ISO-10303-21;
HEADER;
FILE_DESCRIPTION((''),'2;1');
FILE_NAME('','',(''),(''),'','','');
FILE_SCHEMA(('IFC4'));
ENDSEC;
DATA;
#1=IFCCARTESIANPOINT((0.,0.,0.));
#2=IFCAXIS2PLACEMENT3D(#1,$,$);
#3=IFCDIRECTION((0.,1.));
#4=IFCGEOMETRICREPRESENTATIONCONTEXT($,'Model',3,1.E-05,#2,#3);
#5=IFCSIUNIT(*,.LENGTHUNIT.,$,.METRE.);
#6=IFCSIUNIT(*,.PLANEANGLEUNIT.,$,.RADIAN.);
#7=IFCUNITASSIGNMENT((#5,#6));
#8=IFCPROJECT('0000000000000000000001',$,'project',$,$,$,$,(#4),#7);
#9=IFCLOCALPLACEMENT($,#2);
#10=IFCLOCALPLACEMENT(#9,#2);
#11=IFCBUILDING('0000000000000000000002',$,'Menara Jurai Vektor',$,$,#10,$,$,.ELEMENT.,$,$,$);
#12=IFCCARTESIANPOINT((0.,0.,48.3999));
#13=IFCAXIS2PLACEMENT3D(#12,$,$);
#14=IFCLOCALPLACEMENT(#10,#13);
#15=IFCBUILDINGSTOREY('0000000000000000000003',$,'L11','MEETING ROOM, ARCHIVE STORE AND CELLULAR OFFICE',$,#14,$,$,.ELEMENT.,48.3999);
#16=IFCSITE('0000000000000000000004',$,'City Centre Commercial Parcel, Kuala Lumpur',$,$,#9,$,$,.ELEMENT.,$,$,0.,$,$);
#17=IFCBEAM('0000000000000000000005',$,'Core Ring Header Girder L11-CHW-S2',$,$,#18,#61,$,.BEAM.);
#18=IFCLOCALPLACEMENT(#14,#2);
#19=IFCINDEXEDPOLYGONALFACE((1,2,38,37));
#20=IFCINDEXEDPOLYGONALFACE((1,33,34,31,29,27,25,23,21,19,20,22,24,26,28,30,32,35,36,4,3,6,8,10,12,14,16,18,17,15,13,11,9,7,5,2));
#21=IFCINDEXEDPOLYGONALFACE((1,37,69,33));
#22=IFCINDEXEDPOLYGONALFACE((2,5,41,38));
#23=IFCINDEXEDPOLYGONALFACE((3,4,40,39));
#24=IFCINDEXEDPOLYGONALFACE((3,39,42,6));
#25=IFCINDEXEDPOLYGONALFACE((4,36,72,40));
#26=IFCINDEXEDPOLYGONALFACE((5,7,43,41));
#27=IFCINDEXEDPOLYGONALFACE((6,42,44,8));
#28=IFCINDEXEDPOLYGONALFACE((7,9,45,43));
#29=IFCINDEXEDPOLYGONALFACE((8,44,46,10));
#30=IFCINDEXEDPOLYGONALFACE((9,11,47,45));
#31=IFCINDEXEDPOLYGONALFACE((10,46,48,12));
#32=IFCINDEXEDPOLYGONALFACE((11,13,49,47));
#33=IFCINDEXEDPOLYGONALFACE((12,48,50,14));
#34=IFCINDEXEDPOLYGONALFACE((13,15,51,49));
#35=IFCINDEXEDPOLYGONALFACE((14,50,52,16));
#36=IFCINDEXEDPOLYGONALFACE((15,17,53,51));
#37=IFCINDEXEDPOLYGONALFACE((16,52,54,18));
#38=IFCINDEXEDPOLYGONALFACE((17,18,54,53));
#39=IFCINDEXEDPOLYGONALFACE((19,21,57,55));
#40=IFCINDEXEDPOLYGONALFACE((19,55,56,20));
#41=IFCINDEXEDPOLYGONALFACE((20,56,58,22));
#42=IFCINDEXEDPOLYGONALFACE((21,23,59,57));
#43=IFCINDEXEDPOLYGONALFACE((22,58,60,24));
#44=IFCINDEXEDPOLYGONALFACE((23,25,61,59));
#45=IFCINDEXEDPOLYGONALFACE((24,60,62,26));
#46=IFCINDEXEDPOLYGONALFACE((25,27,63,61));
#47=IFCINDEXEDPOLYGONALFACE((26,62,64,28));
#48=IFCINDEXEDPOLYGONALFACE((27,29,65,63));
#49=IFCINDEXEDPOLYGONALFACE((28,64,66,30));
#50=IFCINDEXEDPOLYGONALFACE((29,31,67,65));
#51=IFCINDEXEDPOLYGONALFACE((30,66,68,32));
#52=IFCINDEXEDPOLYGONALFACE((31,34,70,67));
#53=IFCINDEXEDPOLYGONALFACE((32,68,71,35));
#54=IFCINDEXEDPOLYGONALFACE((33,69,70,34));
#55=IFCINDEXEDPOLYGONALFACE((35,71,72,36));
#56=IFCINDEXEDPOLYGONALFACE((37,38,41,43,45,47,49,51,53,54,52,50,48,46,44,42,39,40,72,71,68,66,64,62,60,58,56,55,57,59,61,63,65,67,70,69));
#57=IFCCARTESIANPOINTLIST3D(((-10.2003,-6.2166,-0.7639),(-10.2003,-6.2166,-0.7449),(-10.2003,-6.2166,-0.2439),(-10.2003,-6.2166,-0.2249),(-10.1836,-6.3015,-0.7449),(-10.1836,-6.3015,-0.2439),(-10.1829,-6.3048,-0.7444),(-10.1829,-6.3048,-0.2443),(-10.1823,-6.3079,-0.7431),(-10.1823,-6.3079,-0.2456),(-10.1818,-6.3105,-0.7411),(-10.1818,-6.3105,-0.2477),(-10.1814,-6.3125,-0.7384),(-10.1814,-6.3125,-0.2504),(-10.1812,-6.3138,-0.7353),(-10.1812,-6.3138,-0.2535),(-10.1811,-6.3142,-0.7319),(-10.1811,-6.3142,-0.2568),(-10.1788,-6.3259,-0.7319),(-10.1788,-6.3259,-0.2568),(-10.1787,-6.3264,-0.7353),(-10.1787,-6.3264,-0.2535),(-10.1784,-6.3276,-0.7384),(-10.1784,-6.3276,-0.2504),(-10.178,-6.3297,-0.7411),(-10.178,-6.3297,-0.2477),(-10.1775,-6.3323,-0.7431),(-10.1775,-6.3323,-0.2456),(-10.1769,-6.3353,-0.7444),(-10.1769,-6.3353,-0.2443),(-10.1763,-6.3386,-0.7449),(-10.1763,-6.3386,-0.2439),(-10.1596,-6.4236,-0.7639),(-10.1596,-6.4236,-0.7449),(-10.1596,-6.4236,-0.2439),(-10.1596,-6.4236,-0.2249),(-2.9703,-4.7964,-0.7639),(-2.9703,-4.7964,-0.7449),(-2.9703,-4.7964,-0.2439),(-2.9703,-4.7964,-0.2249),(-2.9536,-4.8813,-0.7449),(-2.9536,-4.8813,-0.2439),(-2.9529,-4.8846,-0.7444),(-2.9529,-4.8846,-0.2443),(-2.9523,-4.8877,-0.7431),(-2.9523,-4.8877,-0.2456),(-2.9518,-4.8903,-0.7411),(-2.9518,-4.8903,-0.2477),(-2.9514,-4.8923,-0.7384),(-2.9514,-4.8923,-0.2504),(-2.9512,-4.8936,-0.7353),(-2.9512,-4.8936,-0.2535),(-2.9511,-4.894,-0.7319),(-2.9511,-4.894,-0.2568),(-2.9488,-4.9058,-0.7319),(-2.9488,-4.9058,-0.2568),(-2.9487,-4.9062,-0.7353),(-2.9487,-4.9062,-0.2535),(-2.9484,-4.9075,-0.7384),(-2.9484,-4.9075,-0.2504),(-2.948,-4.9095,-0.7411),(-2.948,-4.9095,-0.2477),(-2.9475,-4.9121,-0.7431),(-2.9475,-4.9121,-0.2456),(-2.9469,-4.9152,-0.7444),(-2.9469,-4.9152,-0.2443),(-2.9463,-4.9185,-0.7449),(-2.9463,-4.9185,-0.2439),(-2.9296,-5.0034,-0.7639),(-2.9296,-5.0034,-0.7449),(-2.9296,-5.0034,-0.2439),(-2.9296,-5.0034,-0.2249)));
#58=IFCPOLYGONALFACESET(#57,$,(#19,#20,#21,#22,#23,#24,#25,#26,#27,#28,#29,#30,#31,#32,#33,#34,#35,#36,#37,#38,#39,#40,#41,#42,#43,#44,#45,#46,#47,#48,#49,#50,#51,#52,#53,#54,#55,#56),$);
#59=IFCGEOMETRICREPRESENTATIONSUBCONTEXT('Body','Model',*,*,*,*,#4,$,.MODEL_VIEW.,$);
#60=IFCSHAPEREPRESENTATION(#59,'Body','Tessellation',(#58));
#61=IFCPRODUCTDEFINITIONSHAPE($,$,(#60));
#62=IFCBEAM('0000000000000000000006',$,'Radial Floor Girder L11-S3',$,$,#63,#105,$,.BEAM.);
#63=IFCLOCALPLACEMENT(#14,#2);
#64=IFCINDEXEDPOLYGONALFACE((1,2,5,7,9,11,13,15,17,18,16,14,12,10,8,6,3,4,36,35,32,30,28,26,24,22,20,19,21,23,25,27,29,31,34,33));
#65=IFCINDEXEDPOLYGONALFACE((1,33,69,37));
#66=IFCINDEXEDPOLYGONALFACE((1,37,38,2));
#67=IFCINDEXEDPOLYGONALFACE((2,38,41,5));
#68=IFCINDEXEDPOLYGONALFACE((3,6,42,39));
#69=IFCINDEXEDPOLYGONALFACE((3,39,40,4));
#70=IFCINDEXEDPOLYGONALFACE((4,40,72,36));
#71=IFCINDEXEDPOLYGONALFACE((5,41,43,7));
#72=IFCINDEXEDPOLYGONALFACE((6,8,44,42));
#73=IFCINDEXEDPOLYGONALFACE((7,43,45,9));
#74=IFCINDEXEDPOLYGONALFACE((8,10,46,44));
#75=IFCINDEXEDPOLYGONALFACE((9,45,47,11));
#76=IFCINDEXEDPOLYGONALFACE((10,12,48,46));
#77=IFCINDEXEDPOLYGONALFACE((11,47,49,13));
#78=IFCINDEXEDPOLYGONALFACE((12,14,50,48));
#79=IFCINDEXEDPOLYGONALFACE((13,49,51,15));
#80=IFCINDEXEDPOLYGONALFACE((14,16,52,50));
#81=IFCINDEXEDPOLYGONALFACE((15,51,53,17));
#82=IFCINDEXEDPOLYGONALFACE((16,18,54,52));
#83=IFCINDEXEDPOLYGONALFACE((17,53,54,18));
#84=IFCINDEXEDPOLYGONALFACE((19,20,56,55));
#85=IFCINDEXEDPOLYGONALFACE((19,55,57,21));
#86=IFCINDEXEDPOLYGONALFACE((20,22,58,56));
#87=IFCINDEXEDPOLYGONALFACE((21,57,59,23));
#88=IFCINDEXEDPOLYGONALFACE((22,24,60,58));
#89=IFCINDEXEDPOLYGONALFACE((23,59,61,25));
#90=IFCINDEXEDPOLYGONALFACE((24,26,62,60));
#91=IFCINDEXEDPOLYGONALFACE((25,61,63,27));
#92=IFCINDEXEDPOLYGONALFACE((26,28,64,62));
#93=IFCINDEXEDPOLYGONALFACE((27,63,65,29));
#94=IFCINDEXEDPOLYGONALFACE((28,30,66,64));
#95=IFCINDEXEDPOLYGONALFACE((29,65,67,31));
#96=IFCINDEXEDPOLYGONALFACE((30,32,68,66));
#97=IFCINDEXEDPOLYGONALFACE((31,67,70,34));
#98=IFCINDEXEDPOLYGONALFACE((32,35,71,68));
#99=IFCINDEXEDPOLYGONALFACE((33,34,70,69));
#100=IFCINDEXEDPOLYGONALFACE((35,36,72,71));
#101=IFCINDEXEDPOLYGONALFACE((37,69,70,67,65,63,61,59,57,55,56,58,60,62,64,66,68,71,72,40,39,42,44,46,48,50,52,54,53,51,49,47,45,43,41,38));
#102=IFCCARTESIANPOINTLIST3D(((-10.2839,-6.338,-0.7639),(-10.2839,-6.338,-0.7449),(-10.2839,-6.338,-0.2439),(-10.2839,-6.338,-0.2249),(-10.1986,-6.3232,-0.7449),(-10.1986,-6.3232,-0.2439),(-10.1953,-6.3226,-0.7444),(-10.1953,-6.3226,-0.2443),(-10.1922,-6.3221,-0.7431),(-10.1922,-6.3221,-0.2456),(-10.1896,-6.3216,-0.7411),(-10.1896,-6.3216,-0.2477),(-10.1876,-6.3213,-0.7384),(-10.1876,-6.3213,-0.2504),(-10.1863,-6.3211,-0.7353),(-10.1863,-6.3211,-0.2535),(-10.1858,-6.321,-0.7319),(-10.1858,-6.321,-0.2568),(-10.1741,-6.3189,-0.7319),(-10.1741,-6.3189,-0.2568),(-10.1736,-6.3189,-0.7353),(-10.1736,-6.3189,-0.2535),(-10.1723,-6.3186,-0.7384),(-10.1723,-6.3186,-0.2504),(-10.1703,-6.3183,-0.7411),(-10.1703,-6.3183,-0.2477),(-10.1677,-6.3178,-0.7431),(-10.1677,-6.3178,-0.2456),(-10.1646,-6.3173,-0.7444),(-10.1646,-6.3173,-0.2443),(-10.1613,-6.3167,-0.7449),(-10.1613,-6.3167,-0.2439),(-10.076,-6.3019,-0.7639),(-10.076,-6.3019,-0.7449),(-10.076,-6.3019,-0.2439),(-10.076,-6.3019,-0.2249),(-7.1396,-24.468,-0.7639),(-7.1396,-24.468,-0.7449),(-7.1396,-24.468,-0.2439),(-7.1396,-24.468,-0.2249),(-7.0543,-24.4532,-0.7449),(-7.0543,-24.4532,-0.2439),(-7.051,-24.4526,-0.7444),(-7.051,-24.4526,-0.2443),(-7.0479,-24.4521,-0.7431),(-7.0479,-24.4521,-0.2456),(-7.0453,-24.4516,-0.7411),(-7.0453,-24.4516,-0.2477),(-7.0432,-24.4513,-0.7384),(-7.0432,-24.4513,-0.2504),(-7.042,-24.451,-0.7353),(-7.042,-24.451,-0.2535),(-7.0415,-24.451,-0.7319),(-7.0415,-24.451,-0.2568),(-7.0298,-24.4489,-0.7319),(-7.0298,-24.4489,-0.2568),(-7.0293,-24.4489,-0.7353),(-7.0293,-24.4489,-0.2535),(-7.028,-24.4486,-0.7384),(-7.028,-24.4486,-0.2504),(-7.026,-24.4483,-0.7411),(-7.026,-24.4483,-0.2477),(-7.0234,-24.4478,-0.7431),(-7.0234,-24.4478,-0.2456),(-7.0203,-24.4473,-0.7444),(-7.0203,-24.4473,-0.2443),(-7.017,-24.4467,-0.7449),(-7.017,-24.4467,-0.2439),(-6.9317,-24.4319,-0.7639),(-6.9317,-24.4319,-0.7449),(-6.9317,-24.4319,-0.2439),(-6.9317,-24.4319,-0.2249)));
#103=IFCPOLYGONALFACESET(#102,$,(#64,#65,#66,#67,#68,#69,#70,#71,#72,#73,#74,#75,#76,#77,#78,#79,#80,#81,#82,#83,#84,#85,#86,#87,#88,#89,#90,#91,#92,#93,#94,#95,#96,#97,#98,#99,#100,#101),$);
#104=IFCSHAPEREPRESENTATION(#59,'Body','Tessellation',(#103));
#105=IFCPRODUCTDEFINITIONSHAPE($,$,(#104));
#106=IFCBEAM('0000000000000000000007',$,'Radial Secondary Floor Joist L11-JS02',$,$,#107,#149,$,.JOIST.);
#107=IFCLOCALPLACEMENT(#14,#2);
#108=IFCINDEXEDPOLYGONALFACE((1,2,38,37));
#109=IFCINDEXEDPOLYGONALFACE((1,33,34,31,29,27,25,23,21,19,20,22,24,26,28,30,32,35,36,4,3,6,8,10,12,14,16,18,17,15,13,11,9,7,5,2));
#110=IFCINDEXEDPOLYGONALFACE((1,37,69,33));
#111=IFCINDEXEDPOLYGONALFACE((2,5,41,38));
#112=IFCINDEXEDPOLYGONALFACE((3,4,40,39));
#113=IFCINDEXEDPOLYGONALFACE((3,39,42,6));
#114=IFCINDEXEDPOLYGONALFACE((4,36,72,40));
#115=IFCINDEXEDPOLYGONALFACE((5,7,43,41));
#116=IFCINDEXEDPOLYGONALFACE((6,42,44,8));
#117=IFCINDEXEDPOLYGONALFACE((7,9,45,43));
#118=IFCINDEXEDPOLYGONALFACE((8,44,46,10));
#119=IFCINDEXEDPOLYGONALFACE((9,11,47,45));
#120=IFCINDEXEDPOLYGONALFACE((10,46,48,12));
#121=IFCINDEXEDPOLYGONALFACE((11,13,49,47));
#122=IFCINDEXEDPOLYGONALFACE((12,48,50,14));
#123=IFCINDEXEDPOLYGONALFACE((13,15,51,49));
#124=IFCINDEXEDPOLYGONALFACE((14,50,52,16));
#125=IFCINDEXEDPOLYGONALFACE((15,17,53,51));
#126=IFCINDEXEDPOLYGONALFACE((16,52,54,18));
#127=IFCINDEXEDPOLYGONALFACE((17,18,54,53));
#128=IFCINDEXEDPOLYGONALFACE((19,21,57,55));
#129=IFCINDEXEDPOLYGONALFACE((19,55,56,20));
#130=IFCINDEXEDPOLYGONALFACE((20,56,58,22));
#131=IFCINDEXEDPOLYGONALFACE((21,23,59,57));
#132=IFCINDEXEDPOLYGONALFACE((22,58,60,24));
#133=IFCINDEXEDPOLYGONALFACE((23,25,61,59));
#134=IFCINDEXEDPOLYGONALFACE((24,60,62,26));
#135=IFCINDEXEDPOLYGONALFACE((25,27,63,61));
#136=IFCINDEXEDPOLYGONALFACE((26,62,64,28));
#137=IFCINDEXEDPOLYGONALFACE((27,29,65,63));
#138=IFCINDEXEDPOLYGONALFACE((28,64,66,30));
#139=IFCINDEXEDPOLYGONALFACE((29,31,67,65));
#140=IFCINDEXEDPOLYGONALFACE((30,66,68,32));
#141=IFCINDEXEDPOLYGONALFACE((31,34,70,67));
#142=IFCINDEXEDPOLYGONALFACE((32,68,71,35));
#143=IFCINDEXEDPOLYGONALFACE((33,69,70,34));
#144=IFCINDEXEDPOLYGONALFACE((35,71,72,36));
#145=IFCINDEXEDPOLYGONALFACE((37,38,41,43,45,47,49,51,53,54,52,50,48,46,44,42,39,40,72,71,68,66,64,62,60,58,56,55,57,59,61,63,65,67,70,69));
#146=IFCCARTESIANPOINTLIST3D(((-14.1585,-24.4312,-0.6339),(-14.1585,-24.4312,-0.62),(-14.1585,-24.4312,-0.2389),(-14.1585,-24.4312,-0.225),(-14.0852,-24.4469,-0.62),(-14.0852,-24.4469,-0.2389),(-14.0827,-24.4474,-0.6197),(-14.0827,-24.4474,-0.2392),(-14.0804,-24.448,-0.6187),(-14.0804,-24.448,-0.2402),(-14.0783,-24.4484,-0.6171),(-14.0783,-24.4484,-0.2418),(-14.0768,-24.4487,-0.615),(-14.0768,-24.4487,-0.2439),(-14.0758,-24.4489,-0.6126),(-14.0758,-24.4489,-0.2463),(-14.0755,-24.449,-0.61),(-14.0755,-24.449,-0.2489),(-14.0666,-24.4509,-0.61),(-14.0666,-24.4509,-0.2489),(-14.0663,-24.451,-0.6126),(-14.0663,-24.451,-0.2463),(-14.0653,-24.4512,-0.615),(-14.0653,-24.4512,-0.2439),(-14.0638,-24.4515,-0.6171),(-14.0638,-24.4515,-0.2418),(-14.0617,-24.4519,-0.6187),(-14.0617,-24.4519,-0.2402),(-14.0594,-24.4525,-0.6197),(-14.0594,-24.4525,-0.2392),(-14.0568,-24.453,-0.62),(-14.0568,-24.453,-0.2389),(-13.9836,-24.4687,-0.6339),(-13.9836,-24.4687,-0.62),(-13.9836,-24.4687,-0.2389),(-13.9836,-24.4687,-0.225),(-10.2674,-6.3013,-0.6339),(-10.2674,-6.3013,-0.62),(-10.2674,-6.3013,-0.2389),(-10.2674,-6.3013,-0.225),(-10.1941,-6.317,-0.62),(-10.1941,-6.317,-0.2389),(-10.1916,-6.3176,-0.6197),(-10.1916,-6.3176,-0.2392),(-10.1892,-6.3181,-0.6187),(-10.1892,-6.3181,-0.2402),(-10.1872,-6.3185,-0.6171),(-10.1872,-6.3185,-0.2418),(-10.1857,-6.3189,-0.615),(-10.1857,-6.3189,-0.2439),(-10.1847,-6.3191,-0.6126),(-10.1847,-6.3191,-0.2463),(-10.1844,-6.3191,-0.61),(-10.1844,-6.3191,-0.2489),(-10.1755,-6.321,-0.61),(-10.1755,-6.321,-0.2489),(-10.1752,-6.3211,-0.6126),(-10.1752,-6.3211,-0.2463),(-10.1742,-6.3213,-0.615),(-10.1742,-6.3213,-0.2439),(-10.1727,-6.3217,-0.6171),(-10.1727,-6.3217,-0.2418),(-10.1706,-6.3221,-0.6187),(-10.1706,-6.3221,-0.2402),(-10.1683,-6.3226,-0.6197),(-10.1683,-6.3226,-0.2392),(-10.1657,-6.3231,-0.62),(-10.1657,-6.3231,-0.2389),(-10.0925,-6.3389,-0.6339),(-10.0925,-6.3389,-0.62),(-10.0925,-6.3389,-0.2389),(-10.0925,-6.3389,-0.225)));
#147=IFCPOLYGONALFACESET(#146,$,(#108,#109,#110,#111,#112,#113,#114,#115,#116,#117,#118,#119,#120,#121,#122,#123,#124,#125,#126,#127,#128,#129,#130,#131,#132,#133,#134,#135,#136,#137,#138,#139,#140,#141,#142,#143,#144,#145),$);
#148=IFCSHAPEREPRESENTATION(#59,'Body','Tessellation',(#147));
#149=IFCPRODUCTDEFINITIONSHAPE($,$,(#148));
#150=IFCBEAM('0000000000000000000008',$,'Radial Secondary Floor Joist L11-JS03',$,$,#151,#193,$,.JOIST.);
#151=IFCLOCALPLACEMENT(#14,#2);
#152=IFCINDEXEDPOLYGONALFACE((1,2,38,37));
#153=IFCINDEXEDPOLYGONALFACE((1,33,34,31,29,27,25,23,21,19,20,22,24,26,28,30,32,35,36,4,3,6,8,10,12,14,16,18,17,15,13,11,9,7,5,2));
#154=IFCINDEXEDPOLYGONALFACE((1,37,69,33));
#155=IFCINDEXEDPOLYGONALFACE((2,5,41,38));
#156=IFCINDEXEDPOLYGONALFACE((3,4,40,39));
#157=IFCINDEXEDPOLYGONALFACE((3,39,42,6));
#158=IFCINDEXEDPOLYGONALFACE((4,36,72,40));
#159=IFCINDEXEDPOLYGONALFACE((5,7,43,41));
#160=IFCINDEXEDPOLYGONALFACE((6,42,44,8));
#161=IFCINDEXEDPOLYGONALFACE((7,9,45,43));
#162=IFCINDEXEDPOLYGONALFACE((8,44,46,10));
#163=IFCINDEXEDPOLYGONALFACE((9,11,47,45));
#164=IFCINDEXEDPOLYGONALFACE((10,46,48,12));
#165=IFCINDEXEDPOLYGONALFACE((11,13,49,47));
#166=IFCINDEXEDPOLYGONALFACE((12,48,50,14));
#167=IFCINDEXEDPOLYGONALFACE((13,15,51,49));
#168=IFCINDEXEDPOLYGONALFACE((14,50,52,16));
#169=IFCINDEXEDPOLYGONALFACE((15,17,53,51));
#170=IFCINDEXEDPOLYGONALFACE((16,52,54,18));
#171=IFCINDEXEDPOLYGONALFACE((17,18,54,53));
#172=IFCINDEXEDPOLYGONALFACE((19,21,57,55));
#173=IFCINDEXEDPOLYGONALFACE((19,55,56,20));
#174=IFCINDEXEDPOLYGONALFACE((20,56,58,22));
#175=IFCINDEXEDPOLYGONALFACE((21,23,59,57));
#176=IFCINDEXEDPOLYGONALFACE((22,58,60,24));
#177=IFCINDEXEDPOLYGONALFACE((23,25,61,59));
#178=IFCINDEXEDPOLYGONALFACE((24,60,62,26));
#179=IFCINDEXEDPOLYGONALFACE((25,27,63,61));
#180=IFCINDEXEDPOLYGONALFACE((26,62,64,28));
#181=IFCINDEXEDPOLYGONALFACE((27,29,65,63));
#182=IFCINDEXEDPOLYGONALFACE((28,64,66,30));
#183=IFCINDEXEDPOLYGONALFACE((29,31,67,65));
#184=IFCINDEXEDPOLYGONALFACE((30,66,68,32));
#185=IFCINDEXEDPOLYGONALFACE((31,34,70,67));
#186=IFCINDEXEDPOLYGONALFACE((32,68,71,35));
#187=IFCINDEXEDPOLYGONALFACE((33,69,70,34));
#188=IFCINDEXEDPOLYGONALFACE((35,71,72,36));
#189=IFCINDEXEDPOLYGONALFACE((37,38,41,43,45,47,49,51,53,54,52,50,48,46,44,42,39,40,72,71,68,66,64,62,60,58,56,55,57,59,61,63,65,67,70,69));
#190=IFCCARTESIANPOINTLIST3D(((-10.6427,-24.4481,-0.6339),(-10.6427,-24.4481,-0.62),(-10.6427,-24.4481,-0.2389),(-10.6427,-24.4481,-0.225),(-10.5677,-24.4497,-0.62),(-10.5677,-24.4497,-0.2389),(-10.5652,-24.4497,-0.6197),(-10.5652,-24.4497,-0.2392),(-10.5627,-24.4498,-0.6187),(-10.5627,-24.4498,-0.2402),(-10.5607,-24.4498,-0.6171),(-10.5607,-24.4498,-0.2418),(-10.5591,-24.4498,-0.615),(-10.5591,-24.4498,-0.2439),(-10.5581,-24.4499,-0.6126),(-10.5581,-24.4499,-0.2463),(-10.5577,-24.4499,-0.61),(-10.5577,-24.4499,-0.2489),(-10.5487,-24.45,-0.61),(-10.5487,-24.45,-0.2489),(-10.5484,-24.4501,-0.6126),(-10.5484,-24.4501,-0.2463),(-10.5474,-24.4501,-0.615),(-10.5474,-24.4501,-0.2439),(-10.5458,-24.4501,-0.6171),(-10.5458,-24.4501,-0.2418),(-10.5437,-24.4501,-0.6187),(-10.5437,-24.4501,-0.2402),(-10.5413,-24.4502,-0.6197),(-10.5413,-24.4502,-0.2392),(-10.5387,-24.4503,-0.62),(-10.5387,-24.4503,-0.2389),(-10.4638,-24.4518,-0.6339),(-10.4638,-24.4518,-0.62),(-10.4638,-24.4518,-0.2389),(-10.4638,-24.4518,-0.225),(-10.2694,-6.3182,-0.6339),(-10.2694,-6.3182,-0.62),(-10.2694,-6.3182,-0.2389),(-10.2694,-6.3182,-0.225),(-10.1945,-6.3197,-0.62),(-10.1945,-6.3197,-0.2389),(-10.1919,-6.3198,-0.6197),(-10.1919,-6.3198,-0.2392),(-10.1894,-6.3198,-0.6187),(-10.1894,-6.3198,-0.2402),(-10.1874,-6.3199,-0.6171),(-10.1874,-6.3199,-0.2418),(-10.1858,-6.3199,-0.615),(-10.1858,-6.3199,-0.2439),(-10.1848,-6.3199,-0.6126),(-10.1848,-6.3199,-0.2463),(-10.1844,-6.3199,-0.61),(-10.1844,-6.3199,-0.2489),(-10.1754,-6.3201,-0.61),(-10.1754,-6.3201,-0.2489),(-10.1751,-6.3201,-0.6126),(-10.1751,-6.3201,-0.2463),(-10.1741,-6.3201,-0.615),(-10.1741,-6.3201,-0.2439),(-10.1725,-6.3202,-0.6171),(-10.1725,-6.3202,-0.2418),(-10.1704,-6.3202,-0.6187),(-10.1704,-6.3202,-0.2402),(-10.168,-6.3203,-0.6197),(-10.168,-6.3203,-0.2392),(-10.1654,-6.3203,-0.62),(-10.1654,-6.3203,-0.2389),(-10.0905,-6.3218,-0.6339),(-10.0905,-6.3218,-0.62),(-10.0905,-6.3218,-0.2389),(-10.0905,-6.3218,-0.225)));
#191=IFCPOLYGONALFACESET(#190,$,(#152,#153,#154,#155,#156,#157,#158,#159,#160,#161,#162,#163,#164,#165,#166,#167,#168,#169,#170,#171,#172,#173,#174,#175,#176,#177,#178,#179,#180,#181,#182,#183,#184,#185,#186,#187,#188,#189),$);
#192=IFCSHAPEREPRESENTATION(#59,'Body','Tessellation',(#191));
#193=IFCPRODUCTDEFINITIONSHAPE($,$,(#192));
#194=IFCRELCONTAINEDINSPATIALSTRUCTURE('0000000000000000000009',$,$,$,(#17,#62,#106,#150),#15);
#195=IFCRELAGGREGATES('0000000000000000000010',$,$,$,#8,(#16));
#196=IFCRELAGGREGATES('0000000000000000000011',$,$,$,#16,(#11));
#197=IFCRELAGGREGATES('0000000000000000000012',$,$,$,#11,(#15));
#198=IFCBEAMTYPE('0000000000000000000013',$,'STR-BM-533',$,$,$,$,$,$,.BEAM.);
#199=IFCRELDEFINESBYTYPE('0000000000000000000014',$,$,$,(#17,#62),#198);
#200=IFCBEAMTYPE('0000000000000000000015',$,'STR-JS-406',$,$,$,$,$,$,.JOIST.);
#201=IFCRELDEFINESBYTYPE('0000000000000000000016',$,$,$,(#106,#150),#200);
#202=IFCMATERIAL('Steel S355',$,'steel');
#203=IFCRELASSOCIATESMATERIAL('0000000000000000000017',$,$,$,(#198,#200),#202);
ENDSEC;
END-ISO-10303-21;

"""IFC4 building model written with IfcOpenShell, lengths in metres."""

from ifc_helpers import new_model, si_unit, direction, frame, origin, origin_2d, place, context, subcontext, project, spatial, i_section, extrude, material, material_profile, profile_set, type_object, element, save


model = new_model("IFC4")

# Units and contexts
model_context = context("Model", 3, precision=1e-05, world=origin(), true_north=direction((0.0, 1.0)))
body_context = subcontext(model_context, "Body", "Model", "MODEL_VIEW")
ifc_project = project(units=[si_unit("LENGTHUNIT", "METRE"), si_unit("PLANEANGLEUNIT", "RADIAN")], contexts=[model_context])

# Site, building, storey
site_placement = place(None, origin())
site = spatial("IfcSite", under=ifc_project, at=site_placement, Name="City Centre Commercial Parcel, Kuala Lumpur", CompositionType="ELEMENT", RefElevation=0.0)
building_placement = place(site_placement, origin())
building = spatial("IfcBuilding", under=site, at=building_placement, Name="Menara Jurai Vektor", CompositionType="ELEMENT")
storey_placement = place(building_placement, frame((0.0, 0.0, 48.3999)))
storey = spatial("IfcBuildingStorey", under=building, at=storey_placement, Name="L11", Description="MEETING ROOM, ARCHIVE STORE AND CELLULAR OFFICE", CompositionType="ELEMENT", Elevation=48.3999)

# Beams
ifc_material_1 = material(Name="Steel S355", Category="steel")
ifc_material_profile_1 = material_profile(ifc_material_1, i_section(OverallWidth=0.2109, OverallDepth=0.5391, WebThickness=0.012, FlangeThickness=0.019, FilletRadius=0.0129, at=origin_2d()), Name="UKB 533x210x109")
ifc_profile_set_1 = profile_set([ifc_material_profile_1], Name="Steel S355")
beam_type_1 = type_object("IfcBeamType", Name="STR-BM-533", PredefinedType="BEAM", material=ifc_profile_set_1)
beam_1_placement = place(storey_placement, frame((-10.1799, -6.3201, -0.4944), z_axis=(0.981249, 0.192744, 0.0), x_axis=(-0.192744, 0.981249, 0.0)))
element("IfcBeam", 1, at=beam_1_placement, inside=storey, type_object=beam_type_1, Name="Core Ring Header Girder L11-CHW-S2", PredefinedType="BEAM", context=body_context, shape_type="SweptSolid", body=[
    extrude(i_section(OverallWidth=0.2109, OverallDepth=0.5391, WebThickness=0.012, FlangeThickness=0.019, FilletRadius=0.0129, at=origin_2d()), origin(), (0.0, 0.0, 1.0), 7.3682),
])
beam_2_placement = place(storey_placement, frame((-7.0356, -24.45, -0.4944), z_axis=(-0.17088, 0.985292, 0.0), x_axis=(-0.985292, -0.17088, 0.0)))
element("IfcBeam", 2, at=beam_2_placement, inside=storey, type_object=beam_type_1, Name="Radial Floor Girder L11-S3", PredefinedType="BEAM", context=body_context, shape_type="SweptSolid", body=[
    extrude(i_section(OverallWidth=0.2109, OverallDepth=0.5391, WebThickness=0.012, FlangeThickness=0.019, FilletRadius=0.0129, at=origin_2d()), origin(), (0.0, 0.0, 1.0), 18.4006),
])
ifc_material_profile_2 = material_profile(ifc_material_1, i_section(OverallWidth=0.179, OverallDepth=0.4089, WebThickness=0.009, FlangeThickness=0.0139, FilletRadius=0.01, at=origin_2d()), Name="UKB 406x178x67")
ifc_profile_set_2 = profile_set([ifc_material_profile_2], Name="Steel S355")
beam_type_2 = type_object("IfcBeamType", Name="STR-JS-406", PredefinedType="JOIST", material=ifc_profile_set_2)
beam_3_placement = place(storey_placement, frame((-14.071, -24.45, -0.4294), z_axis=(0.209846, 0.977735, 0.0), x_axis=(-0.977735, 0.209846, 0.0)))
element("IfcBeam", 3, at=beam_3_placement, inside=storey, type_object=beam_type_2, Name="Radial Secondary Floor Joist L11-JS02", PredefinedType="JOIST", context=body_context, shape_type="SweptSolid", body=[
    extrude(i_section(OverallWidth=0.179, OverallDepth=0.4089, WebThickness=0.009, FlangeThickness=0.0139, FilletRadius=0.01, at=origin_2d()), origin(), (0.0, 0.0, 1.0), 18.5427),
])
beam_4_placement = place(storey_placement, frame((-10.5532, -24.45, -0.4294), z_axis=(0.020585, 0.999788, 0.0), x_axis=(-0.999788, 0.020585, 0.0)))
element("IfcBeam", 4, at=beam_4_placement, inside=storey, type_object=beam_type_2, Name="Radial Secondary Floor Joist L11-JS03", PredefinedType="JOIST", context=body_context, shape_type="SweptSolid", body=[
    extrude(i_section(OverallWidth=0.179, OverallDepth=0.4089, WebThickness=0.009, FlangeThickness=0.0139, FilletRadius=0.01, at=origin_2d()), origin(), (0.0, 0.0, 1.0), 18.1338),
])

save(model, "model.ifc")
